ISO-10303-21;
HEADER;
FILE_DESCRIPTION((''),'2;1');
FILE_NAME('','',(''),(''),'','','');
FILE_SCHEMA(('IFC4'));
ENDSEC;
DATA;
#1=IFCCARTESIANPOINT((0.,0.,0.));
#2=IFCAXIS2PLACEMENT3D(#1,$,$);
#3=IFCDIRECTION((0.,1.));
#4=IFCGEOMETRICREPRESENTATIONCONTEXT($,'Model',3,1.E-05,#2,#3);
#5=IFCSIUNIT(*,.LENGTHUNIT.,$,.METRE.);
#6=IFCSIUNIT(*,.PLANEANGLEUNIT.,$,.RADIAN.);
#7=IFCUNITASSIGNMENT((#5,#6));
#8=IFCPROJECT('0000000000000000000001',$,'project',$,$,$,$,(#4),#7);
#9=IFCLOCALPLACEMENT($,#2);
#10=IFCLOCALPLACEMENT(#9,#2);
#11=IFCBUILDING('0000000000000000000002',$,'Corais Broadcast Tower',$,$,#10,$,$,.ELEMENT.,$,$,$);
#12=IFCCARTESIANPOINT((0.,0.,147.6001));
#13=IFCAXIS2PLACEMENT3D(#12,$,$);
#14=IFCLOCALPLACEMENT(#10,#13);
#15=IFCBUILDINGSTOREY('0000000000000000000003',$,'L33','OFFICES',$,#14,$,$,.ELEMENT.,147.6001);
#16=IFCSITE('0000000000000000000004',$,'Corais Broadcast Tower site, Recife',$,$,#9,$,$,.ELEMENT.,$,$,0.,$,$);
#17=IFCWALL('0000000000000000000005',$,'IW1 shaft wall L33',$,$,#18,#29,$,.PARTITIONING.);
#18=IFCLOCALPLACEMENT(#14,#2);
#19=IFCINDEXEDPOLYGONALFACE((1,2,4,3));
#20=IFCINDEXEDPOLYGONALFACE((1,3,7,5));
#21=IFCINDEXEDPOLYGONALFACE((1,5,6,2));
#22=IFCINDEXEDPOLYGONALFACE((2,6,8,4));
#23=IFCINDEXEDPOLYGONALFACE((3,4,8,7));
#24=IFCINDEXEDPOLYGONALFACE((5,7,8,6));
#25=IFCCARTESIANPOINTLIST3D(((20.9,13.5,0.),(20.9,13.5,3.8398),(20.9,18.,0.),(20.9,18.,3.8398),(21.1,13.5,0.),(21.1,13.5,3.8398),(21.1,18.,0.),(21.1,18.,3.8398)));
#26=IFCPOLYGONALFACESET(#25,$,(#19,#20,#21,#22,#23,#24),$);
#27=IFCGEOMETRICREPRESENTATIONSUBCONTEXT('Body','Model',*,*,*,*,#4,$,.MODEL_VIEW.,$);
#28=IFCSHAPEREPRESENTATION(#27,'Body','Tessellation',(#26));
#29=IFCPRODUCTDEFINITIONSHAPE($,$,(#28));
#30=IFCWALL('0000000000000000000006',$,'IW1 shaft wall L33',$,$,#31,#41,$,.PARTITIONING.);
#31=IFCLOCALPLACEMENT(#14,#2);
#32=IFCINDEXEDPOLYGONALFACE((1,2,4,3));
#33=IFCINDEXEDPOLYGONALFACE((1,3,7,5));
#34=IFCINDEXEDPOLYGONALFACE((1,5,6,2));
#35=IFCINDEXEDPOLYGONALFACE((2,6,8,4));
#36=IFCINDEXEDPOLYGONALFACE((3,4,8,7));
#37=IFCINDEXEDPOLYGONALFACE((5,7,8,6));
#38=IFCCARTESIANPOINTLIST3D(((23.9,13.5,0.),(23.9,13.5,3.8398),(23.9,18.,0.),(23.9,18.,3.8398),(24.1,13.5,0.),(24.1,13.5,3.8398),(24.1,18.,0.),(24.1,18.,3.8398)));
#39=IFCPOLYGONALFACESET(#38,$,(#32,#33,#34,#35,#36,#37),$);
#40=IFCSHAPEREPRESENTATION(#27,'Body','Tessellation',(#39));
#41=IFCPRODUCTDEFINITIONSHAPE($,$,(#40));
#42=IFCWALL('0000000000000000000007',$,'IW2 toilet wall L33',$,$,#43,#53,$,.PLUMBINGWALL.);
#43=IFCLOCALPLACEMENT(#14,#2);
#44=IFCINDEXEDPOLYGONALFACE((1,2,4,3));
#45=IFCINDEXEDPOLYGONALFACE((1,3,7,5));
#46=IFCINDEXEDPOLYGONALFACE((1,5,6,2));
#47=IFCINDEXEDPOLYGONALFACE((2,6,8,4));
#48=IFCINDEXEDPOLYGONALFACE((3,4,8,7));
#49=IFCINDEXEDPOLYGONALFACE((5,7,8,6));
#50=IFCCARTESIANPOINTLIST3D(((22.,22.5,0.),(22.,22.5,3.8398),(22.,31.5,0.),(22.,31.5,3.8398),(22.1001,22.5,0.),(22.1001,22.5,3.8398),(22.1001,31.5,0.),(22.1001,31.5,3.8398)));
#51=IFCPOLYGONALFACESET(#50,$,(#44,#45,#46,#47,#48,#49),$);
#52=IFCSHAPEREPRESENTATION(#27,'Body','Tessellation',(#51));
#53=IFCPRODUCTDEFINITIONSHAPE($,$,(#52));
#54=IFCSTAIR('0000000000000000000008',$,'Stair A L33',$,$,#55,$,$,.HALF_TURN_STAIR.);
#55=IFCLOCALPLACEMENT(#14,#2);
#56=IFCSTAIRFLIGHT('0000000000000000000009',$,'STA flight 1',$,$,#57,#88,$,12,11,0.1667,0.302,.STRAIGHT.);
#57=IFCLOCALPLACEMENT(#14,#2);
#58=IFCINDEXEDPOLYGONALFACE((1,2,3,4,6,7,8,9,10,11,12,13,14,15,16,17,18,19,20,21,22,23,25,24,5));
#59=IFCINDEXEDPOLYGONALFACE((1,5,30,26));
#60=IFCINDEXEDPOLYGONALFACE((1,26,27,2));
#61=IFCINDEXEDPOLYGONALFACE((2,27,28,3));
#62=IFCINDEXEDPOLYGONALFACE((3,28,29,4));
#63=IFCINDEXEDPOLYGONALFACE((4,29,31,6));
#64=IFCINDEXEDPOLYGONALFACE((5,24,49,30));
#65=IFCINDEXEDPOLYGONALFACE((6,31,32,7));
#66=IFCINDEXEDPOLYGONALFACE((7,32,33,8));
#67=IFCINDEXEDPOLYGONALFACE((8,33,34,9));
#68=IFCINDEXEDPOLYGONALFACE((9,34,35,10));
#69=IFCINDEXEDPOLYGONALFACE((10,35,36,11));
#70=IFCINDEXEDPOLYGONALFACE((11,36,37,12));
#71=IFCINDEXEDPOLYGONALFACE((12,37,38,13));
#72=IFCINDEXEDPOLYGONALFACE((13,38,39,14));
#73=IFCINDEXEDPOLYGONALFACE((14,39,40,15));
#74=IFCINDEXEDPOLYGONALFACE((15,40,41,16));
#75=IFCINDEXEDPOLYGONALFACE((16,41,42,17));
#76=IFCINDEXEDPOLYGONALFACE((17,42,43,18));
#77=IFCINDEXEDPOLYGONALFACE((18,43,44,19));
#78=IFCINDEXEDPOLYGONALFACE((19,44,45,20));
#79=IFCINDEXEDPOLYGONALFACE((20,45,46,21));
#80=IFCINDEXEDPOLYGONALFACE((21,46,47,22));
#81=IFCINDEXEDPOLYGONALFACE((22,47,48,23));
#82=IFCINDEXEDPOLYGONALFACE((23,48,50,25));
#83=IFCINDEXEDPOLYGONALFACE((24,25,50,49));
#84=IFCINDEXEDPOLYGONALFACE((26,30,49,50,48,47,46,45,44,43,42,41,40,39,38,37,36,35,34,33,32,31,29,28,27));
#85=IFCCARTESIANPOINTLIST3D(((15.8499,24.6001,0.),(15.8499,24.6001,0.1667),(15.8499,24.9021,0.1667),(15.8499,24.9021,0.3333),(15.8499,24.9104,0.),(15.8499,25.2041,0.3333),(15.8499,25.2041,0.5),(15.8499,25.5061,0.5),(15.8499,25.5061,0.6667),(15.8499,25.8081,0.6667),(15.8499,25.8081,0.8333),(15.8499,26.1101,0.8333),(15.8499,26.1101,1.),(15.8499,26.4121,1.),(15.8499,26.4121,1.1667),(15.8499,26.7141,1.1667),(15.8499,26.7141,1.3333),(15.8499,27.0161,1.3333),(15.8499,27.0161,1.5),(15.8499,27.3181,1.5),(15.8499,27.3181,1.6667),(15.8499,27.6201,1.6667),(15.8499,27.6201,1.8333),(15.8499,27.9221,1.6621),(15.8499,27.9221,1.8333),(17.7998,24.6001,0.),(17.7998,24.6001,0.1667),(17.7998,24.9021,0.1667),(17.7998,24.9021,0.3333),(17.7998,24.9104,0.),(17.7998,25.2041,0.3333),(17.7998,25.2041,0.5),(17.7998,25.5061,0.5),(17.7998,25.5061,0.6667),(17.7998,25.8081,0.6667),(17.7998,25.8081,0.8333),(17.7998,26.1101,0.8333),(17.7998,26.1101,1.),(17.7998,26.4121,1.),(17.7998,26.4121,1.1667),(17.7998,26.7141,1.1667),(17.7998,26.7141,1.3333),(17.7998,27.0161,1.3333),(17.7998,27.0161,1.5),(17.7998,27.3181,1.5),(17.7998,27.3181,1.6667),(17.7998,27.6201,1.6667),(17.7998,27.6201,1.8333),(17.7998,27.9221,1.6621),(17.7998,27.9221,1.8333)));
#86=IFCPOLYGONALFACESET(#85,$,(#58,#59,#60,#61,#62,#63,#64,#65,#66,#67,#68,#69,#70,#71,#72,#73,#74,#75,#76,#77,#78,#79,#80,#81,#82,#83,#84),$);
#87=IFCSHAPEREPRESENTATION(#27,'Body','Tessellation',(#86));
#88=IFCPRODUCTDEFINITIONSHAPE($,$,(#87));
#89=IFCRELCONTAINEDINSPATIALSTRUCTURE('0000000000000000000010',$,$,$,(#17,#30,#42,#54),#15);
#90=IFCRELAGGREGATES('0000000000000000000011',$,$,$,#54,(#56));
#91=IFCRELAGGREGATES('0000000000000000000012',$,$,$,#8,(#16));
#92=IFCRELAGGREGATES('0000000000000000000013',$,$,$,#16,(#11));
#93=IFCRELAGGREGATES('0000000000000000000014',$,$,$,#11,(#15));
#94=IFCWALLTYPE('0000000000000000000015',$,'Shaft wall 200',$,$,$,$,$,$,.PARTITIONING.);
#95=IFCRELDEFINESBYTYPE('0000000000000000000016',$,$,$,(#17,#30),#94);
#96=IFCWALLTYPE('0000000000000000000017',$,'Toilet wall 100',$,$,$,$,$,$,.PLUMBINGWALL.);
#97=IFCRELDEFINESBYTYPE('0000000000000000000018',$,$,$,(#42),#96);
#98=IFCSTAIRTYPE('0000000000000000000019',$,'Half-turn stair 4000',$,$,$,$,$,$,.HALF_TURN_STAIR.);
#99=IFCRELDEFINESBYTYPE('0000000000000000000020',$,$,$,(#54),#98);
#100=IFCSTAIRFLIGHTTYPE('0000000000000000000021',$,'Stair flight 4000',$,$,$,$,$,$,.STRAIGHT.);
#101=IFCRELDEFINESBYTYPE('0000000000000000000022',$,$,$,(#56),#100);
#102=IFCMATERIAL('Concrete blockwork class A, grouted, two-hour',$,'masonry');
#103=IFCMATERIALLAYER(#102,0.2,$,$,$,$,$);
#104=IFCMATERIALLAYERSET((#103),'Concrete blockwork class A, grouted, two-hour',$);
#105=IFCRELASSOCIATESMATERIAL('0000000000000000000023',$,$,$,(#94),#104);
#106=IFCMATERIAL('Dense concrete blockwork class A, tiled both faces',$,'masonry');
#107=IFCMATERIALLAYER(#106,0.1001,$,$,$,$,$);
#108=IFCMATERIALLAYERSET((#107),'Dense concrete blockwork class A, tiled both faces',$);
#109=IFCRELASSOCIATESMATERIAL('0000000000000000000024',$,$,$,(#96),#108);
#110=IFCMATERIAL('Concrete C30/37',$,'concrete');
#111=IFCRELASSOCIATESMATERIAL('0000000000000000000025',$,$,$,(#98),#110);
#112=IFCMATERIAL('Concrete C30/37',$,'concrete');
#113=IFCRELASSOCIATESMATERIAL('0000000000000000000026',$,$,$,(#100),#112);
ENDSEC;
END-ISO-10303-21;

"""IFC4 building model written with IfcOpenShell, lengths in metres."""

from ifc_helpers import new_model, si_unit, direction, frame, frame_2d, origin, place, context, subcontext, project, spatial, polyline, rectangle, outline, extrude, material, layer, layer_set, type_object, element, aggregate, save


model = new_model("IFC4")

# Units and contexts
model_context = context("Model", 3, precision=1e-05, world=origin(), true_north=direction((0.0, 1.0)))
body_context = subcontext(model_context, "Body", "Model", "MODEL_VIEW")
ifc_project = project(units=[si_unit("LENGTHUNIT", "METRE"), si_unit("PLANEANGLEUNIT", "RADIAN")], contexts=[model_context])

# Site, building, storey
site_placement = place(None, origin())
site = spatial("IfcSite", under=ifc_project, at=site_placement, Name="Corais Broadcast Tower site, Recife", CompositionType="ELEMENT", RefElevation=0.0)
building_placement = place(site_placement, origin())
building = spatial("IfcBuilding", under=site, at=building_placement, Name="Corais Broadcast Tower", CompositionType="ELEMENT")
storey_placement = place(building_placement, frame((0.0, 0.0, 147.6001)))
storey = spatial("IfcBuildingStorey", under=building, at=storey_placement, Name="L33", Description="OFFICES", CompositionType="ELEMENT", Elevation=147.6001)

# Walls
ifc_material_1 = material(Name="Concrete blockwork class A, grouted, two-hour", Category="masonry")
ifc_layer_1 = layer(ifc_material_1, 0.2)
ifc_layer_set_1 = layer_set([ifc_layer_1], Name="Concrete blockwork class A, grouted, two-hour")
wall_type_1 = type_object("IfcWallType", Name="Shaft wall 200", PredefinedType="PARTITIONING", material=ifc_layer_set_1)
for number, where, z_axis, x_axis, name in (
    (1, (21.0, 13.5, 0.0), (0.0, 0.0, 1.0), (0.0, 1.0, 0.0), "IW1 shaft wall L33"),
    (2, (24.0, 13.5, 0.0), (0.0, 0.0, 1.0), (0.0, 1.0, 0.0), "IW1 shaft wall L33"),
):
    element("IfcWall", number, at=place(storey_placement, frame(where, z_axis=z_axis, x_axis=x_axis)), inside=storey, type_object=wall_type_1, Name=name, PredefinedType="PARTITIONING", context=body_context, shape_type="SweptSolid", body=[
        extrude(rectangle(XDim=4.5, YDim=0.2, at=frame_2d((2.25, 0.0))), origin(), (0.0, 0.0, 1.0), 3.8398),
    ])
ifc_material_2 = material(Name="Dense concrete blockwork class A, tiled both faces", Category="masonry")
ifc_layer_2 = layer(ifc_material_2, 0.1001)
ifc_layer_set_2 = layer_set([ifc_layer_2], Name="Dense concrete blockwork class A, tiled both faces")
wall_type_2 = type_object("IfcWallType", Name="Toilet wall 100", PredefinedType="PLUMBINGWALL", material=ifc_layer_set_2)
wall_1_placement = place(storey_placement, frame((22.05, 22.5, 0.0), z_axis=(0.0, 0.0, 1.0), x_axis=(0.0, 1.0, 0.0)))
element("IfcWall", 3, at=wall_1_placement, inside=storey, type_object=wall_type_2, Name="IW2 toilet wall L33", PredefinedType="PLUMBINGWALL", context=body_context, shape_type="SweptSolid", body=[
    extrude(rectangle(XDim=9.0, YDim=0.1001, at=frame_2d((4.5, 0.0))), origin(), (0.0, 0.0, 1.0), 3.8398),
])

# Stair, stair flight
ifc_material_3 = material(Name="Concrete C30/37", Category="concrete")
stair_type = type_object("IfcStairType", Name="Half-turn stair 4000", PredefinedType="HALF_TURN_STAIR", material=ifc_material_3)
stair_placement = place(storey_placement, origin())
stair = element("IfcStair", 4, at=stair_placement, inside=storey, type_object=stair_type, Name="Stair A L33", PredefinedType="HALF_TURN_STAIR")
ifc_material_4 = material(Name="Concrete C30/37", Category="concrete")
stair_flight_type = type_object("IfcStairFlightType", Name="Stair flight 4000", PredefinedType="STRAIGHT", material=ifc_material_4)
stair_flight_placement = place(storey_placement, frame((16.825, 24.6001, 0.0), z_axis=(0.0, 0.0, 1.0), x_axis=(0.0, 1.0, 0.0)))
stair_flight = element("IfcStairFlight", 5, at=stair_flight_placement, type_object=stair_flight_type, Name="STA flight 1", NumberOfRisers=12, NumberOfTreads=11, PredefinedType="STRAIGHT", RiserHeight=0.1667, TreadLength=0.302, context=body_context, shape_type="SweptSolid", body=[
    extrude(outline(polyline([(0.0, 0.0), (0.0, 0.1667), (0.302, 0.1667), (0.302, 0.3333), (0.604, 0.3333), (0.604, 0.5), (0.906, 0.5), (0.906, 0.6667), (1.208, 0.6667), (1.208, 0.8333), (1.51, 0.8333), (1.51, 1.0), (1.812, 1.0), (1.812, 1.1667), (2.114, 1.1667), (2.114, 1.3333), (2.416, 1.3333), (2.416, 1.5), (2.718, 1.5), (2.718, 1.6667), (3.02, 1.6667), (3.02, 1.8333), (3.322, 1.8333), (3.322, 2.0), (3.322, 1.6621), (0.3103, 0.0), (0.0, 0.0)])), frame((0.0, 0.9751, 0.0), z_axis=(0.0, -1.0, 0.0), x_axis=(1.0, 0.0, 0.0)), (0.0, 0.0, 1.0), 1.95),
])
aggregate(stair, [stair_flight])

save(model, "model.ifc")
